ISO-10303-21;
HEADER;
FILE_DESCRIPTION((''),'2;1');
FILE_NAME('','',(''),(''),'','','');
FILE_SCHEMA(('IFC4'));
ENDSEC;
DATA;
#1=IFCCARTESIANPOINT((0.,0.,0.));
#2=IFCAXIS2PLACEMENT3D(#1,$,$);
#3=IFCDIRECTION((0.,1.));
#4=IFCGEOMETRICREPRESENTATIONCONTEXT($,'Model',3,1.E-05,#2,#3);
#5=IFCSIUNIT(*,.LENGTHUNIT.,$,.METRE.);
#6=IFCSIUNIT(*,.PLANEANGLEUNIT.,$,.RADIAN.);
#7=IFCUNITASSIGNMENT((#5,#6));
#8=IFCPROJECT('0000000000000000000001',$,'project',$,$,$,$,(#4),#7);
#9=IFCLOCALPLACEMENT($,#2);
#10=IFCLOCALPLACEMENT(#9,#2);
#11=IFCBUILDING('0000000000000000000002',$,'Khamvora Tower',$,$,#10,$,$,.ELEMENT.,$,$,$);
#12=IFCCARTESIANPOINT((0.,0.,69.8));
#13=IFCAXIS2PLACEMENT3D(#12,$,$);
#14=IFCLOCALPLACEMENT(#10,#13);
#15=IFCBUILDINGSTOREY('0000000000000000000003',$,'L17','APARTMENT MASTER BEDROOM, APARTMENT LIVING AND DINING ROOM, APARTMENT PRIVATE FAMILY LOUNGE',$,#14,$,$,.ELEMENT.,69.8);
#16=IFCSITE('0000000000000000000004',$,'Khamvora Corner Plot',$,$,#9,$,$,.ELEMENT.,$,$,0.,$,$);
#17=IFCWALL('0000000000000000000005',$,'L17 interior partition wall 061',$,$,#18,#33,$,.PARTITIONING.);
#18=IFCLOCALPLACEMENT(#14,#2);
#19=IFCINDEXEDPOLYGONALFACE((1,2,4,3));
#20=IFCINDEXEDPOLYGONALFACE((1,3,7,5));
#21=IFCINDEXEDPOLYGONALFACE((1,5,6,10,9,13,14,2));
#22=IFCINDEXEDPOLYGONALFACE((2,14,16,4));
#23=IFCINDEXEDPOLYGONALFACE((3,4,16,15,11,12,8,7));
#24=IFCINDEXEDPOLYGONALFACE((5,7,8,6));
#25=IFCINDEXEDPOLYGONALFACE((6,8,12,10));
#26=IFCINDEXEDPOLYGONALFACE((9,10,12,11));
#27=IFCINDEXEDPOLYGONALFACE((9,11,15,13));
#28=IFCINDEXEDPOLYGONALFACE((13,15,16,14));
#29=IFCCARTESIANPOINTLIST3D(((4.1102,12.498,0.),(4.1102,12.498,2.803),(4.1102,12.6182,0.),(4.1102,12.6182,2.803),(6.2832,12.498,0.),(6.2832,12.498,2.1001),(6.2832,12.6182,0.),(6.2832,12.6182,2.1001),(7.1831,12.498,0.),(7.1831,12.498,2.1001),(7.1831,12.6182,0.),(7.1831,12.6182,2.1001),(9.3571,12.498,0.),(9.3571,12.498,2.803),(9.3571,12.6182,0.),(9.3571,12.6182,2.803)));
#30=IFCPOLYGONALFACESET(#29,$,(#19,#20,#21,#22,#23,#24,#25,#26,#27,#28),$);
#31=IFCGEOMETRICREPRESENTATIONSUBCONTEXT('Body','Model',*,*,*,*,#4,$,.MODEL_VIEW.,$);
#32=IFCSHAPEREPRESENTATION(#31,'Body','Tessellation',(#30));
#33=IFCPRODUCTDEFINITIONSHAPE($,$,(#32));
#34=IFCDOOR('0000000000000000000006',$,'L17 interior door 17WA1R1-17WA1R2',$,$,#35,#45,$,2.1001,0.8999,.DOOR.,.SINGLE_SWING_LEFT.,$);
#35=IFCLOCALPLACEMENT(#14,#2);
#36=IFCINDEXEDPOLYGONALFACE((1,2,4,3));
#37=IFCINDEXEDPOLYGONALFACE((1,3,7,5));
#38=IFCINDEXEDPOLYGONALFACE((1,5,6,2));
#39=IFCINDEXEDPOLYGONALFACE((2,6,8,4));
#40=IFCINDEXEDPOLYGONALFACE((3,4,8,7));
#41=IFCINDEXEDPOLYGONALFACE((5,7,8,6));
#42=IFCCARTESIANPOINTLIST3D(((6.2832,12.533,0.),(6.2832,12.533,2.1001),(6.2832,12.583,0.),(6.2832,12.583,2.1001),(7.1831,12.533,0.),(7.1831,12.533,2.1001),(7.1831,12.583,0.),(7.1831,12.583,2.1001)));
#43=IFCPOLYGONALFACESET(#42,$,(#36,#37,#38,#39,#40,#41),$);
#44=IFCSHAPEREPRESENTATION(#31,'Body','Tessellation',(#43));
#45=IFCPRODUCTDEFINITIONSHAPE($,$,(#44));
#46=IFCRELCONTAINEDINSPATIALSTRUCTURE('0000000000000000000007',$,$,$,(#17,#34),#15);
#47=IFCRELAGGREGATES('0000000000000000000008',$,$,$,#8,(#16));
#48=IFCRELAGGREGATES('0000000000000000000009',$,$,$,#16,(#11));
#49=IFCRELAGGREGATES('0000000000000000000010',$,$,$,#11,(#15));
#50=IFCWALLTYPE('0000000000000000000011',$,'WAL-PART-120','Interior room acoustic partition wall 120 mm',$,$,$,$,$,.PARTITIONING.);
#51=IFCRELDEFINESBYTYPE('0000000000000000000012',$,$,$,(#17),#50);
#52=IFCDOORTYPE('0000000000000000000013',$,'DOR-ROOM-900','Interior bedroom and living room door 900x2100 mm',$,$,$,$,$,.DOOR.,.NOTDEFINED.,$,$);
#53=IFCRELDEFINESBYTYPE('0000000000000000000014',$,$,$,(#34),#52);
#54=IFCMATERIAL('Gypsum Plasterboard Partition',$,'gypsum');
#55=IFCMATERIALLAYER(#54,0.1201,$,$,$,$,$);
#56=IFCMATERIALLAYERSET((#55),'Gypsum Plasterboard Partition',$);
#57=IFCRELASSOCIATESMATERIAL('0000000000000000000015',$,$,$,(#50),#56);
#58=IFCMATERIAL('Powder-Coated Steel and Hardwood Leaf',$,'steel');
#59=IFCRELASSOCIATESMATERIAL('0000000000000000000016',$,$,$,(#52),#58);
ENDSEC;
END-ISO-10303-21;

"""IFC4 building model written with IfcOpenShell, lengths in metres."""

from ifc_helpers import new_model, si_unit, direction, frame, frame_2d, origin, place, context, subcontext, project, spatial, rectangle, extrude, material, layer, layer_set, type_object, element, fill, save


model = new_model("IFC4")

# Units and contexts
model_context = context("Model", 3, precision=1e-05, world=origin(), true_north=direction((0.0, 1.0)))
body_context = subcontext(model_context, "Body", "Model", "MODEL_VIEW")
ifc_project = project(units=[si_unit("LENGTHUNIT", "METRE"), si_unit("PLANEANGLEUNIT", "RADIAN")], contexts=[model_context])

# Site, building, storey
site_placement = place(None, origin())
site = spatial("IfcSite", under=ifc_project, at=site_placement, Name="Khamvora Corner Plot", CompositionType="ELEMENT", RefElevation=0.0)
building_placement = place(site_placement, origin())
building = spatial("IfcBuilding", under=site, at=building_placement, Name="Khamvora Tower", CompositionType="ELEMENT")
storey_placement = place(building_placement, frame((0.0, 0.0, 69.8)))
storey = spatial("IfcBuildingStorey", under=building, at=storey_placement, Name="L17", Description="APARTMENT MASTER BEDROOM, APARTMENT LIVING AND DINING ROOM, APARTMENT PRIVATE FAMILY LOUNGE", CompositionType="ELEMENT", Elevation=69.8)

# Wall, opening, door
ifc_material_1 = material(Name="Gypsum Plasterboard Partition", Category="gypsum")
ifc_layer_1 = layer(ifc_material_1, 0.1201)
ifc_layer_set_1 = layer_set([ifc_layer_1], Name="Gypsum Plasterboard Partition")
wall_type_1 = type_object("IfcWallType", Name="WAL-PART-120", Description="Interior room acoustic partition wall 120 mm", PredefinedType="PARTITIONING", material=ifc_layer_set_1)
ifc_material_2 = material(Name="Powder-Coated Steel and Hardwood Leaf", Category="steel")
door_type = type_object("IfcDoorType", Name="DOR-ROOM-900", Description="Interior bedroom and living room door 900x2100 mm", OperationType="NOTDEFINED", PredefinedType="DOOR", material=ifc_material_2)
wall_1_placement = place(storey_placement, frame((4.1101, 12.5581, 0.0), z_axis=(0.0, 0.0, 1.0), x_axis=(1.0, 0.0, 0.0)))
wall_1 = element("IfcWall", 1, at=wall_1_placement, inside=storey, type_object=wall_type_1, Name="L17 interior partition wall 061", PredefinedType="PARTITIONING", context=body_context, shape_type="SweptSolid", body=[
    extrude(rectangle(XDim=5.2468, YDim=0.1201, at=frame_2d((2.6235, 0.0))), origin(), (0.0, 0.0, 1.0), 2.803),
])
opening_1_placement = place(wall_1_placement, frame((2.1731, 0.0, 0.0)))
opening_1 = element("IfcOpeningElement", 2, at=opening_1_placement, cuts=wall_1, PredefinedType="OPENING", context=body_context, shape_type="SweptSolid", body=[
    extrude(rectangle(XDim=0.8999, YDim=2.1001, at=frame_2d((0.45, 1.05))), frame((0.0, 0.0701, 0.0), z_axis=(0.0, -1.0, 0.0), x_axis=(1.0, 0.0, 0.0)), (0.0, 0.0, 1.0), 0.1401),
])
door_1_placement = place(opening_1_placement, origin())
door_1 = element("IfcDoor", 3, at=door_1_placement, inside=storey, type_object=door_type, Name="L17 interior door 17WA1R1-17WA1R2", OperationType="SINGLE_SWING_LEFT", OverallHeight=2.1001, OverallWidth=0.8999, PredefinedType="DOOR", context=body_context, shape_type="SweptSolid", body=[
    extrude(rectangle(XDim=0.8999, YDim=2.1001, at=frame_2d((0.45, 1.05))), frame((0.0, 0.0249, 0.0), z_axis=(0.0, -1.0, 0.0), x_axis=(1.0, 0.0, 0.0)), (0.0, 0.0, 1.0), 0.05),
])
fill(opening_1, door_1)

save(model, "model.ifc")
